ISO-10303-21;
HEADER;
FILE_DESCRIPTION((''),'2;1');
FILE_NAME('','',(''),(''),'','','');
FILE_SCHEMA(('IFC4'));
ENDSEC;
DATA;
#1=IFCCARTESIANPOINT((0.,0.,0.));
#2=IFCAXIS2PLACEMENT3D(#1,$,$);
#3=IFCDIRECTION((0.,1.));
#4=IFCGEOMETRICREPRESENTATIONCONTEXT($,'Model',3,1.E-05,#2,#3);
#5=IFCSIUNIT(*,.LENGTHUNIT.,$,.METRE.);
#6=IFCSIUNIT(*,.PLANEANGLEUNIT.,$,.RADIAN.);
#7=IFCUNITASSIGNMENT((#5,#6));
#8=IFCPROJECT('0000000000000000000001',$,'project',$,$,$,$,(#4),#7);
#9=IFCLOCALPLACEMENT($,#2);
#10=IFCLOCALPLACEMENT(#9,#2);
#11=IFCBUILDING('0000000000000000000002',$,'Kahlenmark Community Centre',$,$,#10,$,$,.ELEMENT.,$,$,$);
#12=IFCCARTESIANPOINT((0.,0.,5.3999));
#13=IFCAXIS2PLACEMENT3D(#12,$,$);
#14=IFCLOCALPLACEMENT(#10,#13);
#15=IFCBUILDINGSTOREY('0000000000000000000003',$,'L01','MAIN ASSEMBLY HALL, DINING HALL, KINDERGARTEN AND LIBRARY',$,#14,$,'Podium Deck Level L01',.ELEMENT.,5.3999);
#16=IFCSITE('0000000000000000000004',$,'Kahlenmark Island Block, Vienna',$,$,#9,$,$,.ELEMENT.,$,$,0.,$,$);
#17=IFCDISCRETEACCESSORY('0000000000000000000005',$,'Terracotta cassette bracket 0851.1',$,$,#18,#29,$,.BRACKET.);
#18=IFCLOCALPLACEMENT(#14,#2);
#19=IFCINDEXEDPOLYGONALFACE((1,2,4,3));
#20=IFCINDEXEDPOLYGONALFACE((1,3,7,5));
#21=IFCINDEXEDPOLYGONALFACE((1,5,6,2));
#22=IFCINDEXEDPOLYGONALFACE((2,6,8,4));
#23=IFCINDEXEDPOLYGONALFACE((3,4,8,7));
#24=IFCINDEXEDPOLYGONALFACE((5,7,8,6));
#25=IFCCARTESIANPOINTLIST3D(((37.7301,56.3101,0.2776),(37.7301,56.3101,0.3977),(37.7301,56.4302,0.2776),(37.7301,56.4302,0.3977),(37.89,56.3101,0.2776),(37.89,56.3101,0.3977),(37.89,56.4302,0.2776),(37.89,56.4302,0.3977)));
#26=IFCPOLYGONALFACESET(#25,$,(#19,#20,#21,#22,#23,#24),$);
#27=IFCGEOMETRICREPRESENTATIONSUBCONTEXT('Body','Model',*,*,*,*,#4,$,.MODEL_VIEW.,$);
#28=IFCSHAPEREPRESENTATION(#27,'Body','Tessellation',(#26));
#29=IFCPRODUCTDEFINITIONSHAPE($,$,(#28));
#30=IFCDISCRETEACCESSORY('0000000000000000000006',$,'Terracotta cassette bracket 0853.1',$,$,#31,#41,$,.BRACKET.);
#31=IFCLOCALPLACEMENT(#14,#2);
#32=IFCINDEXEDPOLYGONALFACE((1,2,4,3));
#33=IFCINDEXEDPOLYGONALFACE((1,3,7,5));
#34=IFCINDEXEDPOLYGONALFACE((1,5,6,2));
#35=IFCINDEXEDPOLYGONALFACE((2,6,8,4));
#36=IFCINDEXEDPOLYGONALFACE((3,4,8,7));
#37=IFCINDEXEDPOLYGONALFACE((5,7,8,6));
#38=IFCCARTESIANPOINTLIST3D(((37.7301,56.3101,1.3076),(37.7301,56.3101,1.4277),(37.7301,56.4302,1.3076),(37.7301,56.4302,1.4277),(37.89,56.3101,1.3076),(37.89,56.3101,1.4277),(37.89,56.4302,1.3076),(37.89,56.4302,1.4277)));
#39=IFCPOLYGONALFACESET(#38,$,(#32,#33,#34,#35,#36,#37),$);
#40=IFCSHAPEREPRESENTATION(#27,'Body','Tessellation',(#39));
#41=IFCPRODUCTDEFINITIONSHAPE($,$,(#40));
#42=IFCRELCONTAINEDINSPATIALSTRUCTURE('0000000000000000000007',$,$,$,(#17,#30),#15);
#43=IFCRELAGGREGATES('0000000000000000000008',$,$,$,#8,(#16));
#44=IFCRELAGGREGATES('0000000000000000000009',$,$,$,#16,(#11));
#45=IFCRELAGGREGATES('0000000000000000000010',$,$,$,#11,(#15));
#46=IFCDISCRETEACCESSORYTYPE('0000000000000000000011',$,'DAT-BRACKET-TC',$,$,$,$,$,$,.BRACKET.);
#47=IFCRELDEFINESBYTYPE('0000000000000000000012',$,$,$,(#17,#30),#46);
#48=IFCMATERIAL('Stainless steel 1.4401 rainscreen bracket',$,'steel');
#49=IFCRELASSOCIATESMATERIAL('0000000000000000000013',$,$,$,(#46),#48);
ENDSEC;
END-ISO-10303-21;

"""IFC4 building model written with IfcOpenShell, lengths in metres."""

from ifc_helpers import new_model, si_unit, direction, frame, origin, origin_2d, place, context, subcontext, project, spatial, rectangle, extrude, material, type_object, element, save


model = new_model("IFC4")

# Units and contexts
model_context = context("Model", 3, precision=1e-05, world=origin(), true_north=direction((0.0, 1.0)))
body_context = subcontext(model_context, "Body", "Model", "MODEL_VIEW")
ifc_project = project(units=[si_unit("LENGTHUNIT", "METRE"), si_unit("PLANEANGLEUNIT", "RADIAN")], contexts=[model_context])

# Site, building, storey
site_placement = place(None, origin())
site = spatial("IfcSite", under=ifc_project, at=site_placement, Name="Kahlenmark Island Block, Vienna", CompositionType="ELEMENT", RefElevation=0.0)
building_placement = place(site_placement, origin())
building = spatial("IfcBuilding", under=site, at=building_placement, Name="Kahlenmark Community Centre", CompositionType="ELEMENT")
storey_placement = place(building_placement, frame((0.0, 0.0, 5.3999)))
storey = spatial("IfcBuildingStorey", under=building, at=storey_placement, Name="L01", Description="MAIN ASSEMBLY HALL, DINING HALL, KINDERGARTEN AND LIBRARY", LongName="Podium Deck Level L01", CompositionType="ELEMENT", Elevation=5.3999)

# Discrete accessories
ifc_material_1 = material(Name="Stainless steel 1.4401 rainscreen bracket", Category="steel")
discrete_accessory_type = type_object("IfcDiscreteAccessoryType", Name="DAT-BRACKET-TC", PredefinedType="BRACKET", material=ifc_material_1)
for number, where, z_axis, x_axis, name in (
    (1, (37.8101, 56.3701, 0.2776), (0.0, 0.0, 1.0), (0.0, 1.0, 0.0), "Terracotta cassette bracket 0851.1"),
    (2, (37.8101, 56.3701, 1.3076), (0.0, 0.0, 1.0), (0.0, 1.0, 0.0), "Terracotta cassette bracket 0853.1"),
):
    element("IfcDiscreteAccessory", number, at=place(storey_placement, frame(where, z_axis=z_axis, x_axis=x_axis)), inside=storey, type_object=discrete_accessory_type, Name=name, PredefinedType="BRACKET", context=body_context, shape_type="SweptSolid", body=[
        extrude(rectangle(XDim=0.1201, YDim=0.1599, at=origin_2d()), origin(), (0.0, 0.0, 1.0), 0.1201),
    ])

save(model, "model.ifc")
